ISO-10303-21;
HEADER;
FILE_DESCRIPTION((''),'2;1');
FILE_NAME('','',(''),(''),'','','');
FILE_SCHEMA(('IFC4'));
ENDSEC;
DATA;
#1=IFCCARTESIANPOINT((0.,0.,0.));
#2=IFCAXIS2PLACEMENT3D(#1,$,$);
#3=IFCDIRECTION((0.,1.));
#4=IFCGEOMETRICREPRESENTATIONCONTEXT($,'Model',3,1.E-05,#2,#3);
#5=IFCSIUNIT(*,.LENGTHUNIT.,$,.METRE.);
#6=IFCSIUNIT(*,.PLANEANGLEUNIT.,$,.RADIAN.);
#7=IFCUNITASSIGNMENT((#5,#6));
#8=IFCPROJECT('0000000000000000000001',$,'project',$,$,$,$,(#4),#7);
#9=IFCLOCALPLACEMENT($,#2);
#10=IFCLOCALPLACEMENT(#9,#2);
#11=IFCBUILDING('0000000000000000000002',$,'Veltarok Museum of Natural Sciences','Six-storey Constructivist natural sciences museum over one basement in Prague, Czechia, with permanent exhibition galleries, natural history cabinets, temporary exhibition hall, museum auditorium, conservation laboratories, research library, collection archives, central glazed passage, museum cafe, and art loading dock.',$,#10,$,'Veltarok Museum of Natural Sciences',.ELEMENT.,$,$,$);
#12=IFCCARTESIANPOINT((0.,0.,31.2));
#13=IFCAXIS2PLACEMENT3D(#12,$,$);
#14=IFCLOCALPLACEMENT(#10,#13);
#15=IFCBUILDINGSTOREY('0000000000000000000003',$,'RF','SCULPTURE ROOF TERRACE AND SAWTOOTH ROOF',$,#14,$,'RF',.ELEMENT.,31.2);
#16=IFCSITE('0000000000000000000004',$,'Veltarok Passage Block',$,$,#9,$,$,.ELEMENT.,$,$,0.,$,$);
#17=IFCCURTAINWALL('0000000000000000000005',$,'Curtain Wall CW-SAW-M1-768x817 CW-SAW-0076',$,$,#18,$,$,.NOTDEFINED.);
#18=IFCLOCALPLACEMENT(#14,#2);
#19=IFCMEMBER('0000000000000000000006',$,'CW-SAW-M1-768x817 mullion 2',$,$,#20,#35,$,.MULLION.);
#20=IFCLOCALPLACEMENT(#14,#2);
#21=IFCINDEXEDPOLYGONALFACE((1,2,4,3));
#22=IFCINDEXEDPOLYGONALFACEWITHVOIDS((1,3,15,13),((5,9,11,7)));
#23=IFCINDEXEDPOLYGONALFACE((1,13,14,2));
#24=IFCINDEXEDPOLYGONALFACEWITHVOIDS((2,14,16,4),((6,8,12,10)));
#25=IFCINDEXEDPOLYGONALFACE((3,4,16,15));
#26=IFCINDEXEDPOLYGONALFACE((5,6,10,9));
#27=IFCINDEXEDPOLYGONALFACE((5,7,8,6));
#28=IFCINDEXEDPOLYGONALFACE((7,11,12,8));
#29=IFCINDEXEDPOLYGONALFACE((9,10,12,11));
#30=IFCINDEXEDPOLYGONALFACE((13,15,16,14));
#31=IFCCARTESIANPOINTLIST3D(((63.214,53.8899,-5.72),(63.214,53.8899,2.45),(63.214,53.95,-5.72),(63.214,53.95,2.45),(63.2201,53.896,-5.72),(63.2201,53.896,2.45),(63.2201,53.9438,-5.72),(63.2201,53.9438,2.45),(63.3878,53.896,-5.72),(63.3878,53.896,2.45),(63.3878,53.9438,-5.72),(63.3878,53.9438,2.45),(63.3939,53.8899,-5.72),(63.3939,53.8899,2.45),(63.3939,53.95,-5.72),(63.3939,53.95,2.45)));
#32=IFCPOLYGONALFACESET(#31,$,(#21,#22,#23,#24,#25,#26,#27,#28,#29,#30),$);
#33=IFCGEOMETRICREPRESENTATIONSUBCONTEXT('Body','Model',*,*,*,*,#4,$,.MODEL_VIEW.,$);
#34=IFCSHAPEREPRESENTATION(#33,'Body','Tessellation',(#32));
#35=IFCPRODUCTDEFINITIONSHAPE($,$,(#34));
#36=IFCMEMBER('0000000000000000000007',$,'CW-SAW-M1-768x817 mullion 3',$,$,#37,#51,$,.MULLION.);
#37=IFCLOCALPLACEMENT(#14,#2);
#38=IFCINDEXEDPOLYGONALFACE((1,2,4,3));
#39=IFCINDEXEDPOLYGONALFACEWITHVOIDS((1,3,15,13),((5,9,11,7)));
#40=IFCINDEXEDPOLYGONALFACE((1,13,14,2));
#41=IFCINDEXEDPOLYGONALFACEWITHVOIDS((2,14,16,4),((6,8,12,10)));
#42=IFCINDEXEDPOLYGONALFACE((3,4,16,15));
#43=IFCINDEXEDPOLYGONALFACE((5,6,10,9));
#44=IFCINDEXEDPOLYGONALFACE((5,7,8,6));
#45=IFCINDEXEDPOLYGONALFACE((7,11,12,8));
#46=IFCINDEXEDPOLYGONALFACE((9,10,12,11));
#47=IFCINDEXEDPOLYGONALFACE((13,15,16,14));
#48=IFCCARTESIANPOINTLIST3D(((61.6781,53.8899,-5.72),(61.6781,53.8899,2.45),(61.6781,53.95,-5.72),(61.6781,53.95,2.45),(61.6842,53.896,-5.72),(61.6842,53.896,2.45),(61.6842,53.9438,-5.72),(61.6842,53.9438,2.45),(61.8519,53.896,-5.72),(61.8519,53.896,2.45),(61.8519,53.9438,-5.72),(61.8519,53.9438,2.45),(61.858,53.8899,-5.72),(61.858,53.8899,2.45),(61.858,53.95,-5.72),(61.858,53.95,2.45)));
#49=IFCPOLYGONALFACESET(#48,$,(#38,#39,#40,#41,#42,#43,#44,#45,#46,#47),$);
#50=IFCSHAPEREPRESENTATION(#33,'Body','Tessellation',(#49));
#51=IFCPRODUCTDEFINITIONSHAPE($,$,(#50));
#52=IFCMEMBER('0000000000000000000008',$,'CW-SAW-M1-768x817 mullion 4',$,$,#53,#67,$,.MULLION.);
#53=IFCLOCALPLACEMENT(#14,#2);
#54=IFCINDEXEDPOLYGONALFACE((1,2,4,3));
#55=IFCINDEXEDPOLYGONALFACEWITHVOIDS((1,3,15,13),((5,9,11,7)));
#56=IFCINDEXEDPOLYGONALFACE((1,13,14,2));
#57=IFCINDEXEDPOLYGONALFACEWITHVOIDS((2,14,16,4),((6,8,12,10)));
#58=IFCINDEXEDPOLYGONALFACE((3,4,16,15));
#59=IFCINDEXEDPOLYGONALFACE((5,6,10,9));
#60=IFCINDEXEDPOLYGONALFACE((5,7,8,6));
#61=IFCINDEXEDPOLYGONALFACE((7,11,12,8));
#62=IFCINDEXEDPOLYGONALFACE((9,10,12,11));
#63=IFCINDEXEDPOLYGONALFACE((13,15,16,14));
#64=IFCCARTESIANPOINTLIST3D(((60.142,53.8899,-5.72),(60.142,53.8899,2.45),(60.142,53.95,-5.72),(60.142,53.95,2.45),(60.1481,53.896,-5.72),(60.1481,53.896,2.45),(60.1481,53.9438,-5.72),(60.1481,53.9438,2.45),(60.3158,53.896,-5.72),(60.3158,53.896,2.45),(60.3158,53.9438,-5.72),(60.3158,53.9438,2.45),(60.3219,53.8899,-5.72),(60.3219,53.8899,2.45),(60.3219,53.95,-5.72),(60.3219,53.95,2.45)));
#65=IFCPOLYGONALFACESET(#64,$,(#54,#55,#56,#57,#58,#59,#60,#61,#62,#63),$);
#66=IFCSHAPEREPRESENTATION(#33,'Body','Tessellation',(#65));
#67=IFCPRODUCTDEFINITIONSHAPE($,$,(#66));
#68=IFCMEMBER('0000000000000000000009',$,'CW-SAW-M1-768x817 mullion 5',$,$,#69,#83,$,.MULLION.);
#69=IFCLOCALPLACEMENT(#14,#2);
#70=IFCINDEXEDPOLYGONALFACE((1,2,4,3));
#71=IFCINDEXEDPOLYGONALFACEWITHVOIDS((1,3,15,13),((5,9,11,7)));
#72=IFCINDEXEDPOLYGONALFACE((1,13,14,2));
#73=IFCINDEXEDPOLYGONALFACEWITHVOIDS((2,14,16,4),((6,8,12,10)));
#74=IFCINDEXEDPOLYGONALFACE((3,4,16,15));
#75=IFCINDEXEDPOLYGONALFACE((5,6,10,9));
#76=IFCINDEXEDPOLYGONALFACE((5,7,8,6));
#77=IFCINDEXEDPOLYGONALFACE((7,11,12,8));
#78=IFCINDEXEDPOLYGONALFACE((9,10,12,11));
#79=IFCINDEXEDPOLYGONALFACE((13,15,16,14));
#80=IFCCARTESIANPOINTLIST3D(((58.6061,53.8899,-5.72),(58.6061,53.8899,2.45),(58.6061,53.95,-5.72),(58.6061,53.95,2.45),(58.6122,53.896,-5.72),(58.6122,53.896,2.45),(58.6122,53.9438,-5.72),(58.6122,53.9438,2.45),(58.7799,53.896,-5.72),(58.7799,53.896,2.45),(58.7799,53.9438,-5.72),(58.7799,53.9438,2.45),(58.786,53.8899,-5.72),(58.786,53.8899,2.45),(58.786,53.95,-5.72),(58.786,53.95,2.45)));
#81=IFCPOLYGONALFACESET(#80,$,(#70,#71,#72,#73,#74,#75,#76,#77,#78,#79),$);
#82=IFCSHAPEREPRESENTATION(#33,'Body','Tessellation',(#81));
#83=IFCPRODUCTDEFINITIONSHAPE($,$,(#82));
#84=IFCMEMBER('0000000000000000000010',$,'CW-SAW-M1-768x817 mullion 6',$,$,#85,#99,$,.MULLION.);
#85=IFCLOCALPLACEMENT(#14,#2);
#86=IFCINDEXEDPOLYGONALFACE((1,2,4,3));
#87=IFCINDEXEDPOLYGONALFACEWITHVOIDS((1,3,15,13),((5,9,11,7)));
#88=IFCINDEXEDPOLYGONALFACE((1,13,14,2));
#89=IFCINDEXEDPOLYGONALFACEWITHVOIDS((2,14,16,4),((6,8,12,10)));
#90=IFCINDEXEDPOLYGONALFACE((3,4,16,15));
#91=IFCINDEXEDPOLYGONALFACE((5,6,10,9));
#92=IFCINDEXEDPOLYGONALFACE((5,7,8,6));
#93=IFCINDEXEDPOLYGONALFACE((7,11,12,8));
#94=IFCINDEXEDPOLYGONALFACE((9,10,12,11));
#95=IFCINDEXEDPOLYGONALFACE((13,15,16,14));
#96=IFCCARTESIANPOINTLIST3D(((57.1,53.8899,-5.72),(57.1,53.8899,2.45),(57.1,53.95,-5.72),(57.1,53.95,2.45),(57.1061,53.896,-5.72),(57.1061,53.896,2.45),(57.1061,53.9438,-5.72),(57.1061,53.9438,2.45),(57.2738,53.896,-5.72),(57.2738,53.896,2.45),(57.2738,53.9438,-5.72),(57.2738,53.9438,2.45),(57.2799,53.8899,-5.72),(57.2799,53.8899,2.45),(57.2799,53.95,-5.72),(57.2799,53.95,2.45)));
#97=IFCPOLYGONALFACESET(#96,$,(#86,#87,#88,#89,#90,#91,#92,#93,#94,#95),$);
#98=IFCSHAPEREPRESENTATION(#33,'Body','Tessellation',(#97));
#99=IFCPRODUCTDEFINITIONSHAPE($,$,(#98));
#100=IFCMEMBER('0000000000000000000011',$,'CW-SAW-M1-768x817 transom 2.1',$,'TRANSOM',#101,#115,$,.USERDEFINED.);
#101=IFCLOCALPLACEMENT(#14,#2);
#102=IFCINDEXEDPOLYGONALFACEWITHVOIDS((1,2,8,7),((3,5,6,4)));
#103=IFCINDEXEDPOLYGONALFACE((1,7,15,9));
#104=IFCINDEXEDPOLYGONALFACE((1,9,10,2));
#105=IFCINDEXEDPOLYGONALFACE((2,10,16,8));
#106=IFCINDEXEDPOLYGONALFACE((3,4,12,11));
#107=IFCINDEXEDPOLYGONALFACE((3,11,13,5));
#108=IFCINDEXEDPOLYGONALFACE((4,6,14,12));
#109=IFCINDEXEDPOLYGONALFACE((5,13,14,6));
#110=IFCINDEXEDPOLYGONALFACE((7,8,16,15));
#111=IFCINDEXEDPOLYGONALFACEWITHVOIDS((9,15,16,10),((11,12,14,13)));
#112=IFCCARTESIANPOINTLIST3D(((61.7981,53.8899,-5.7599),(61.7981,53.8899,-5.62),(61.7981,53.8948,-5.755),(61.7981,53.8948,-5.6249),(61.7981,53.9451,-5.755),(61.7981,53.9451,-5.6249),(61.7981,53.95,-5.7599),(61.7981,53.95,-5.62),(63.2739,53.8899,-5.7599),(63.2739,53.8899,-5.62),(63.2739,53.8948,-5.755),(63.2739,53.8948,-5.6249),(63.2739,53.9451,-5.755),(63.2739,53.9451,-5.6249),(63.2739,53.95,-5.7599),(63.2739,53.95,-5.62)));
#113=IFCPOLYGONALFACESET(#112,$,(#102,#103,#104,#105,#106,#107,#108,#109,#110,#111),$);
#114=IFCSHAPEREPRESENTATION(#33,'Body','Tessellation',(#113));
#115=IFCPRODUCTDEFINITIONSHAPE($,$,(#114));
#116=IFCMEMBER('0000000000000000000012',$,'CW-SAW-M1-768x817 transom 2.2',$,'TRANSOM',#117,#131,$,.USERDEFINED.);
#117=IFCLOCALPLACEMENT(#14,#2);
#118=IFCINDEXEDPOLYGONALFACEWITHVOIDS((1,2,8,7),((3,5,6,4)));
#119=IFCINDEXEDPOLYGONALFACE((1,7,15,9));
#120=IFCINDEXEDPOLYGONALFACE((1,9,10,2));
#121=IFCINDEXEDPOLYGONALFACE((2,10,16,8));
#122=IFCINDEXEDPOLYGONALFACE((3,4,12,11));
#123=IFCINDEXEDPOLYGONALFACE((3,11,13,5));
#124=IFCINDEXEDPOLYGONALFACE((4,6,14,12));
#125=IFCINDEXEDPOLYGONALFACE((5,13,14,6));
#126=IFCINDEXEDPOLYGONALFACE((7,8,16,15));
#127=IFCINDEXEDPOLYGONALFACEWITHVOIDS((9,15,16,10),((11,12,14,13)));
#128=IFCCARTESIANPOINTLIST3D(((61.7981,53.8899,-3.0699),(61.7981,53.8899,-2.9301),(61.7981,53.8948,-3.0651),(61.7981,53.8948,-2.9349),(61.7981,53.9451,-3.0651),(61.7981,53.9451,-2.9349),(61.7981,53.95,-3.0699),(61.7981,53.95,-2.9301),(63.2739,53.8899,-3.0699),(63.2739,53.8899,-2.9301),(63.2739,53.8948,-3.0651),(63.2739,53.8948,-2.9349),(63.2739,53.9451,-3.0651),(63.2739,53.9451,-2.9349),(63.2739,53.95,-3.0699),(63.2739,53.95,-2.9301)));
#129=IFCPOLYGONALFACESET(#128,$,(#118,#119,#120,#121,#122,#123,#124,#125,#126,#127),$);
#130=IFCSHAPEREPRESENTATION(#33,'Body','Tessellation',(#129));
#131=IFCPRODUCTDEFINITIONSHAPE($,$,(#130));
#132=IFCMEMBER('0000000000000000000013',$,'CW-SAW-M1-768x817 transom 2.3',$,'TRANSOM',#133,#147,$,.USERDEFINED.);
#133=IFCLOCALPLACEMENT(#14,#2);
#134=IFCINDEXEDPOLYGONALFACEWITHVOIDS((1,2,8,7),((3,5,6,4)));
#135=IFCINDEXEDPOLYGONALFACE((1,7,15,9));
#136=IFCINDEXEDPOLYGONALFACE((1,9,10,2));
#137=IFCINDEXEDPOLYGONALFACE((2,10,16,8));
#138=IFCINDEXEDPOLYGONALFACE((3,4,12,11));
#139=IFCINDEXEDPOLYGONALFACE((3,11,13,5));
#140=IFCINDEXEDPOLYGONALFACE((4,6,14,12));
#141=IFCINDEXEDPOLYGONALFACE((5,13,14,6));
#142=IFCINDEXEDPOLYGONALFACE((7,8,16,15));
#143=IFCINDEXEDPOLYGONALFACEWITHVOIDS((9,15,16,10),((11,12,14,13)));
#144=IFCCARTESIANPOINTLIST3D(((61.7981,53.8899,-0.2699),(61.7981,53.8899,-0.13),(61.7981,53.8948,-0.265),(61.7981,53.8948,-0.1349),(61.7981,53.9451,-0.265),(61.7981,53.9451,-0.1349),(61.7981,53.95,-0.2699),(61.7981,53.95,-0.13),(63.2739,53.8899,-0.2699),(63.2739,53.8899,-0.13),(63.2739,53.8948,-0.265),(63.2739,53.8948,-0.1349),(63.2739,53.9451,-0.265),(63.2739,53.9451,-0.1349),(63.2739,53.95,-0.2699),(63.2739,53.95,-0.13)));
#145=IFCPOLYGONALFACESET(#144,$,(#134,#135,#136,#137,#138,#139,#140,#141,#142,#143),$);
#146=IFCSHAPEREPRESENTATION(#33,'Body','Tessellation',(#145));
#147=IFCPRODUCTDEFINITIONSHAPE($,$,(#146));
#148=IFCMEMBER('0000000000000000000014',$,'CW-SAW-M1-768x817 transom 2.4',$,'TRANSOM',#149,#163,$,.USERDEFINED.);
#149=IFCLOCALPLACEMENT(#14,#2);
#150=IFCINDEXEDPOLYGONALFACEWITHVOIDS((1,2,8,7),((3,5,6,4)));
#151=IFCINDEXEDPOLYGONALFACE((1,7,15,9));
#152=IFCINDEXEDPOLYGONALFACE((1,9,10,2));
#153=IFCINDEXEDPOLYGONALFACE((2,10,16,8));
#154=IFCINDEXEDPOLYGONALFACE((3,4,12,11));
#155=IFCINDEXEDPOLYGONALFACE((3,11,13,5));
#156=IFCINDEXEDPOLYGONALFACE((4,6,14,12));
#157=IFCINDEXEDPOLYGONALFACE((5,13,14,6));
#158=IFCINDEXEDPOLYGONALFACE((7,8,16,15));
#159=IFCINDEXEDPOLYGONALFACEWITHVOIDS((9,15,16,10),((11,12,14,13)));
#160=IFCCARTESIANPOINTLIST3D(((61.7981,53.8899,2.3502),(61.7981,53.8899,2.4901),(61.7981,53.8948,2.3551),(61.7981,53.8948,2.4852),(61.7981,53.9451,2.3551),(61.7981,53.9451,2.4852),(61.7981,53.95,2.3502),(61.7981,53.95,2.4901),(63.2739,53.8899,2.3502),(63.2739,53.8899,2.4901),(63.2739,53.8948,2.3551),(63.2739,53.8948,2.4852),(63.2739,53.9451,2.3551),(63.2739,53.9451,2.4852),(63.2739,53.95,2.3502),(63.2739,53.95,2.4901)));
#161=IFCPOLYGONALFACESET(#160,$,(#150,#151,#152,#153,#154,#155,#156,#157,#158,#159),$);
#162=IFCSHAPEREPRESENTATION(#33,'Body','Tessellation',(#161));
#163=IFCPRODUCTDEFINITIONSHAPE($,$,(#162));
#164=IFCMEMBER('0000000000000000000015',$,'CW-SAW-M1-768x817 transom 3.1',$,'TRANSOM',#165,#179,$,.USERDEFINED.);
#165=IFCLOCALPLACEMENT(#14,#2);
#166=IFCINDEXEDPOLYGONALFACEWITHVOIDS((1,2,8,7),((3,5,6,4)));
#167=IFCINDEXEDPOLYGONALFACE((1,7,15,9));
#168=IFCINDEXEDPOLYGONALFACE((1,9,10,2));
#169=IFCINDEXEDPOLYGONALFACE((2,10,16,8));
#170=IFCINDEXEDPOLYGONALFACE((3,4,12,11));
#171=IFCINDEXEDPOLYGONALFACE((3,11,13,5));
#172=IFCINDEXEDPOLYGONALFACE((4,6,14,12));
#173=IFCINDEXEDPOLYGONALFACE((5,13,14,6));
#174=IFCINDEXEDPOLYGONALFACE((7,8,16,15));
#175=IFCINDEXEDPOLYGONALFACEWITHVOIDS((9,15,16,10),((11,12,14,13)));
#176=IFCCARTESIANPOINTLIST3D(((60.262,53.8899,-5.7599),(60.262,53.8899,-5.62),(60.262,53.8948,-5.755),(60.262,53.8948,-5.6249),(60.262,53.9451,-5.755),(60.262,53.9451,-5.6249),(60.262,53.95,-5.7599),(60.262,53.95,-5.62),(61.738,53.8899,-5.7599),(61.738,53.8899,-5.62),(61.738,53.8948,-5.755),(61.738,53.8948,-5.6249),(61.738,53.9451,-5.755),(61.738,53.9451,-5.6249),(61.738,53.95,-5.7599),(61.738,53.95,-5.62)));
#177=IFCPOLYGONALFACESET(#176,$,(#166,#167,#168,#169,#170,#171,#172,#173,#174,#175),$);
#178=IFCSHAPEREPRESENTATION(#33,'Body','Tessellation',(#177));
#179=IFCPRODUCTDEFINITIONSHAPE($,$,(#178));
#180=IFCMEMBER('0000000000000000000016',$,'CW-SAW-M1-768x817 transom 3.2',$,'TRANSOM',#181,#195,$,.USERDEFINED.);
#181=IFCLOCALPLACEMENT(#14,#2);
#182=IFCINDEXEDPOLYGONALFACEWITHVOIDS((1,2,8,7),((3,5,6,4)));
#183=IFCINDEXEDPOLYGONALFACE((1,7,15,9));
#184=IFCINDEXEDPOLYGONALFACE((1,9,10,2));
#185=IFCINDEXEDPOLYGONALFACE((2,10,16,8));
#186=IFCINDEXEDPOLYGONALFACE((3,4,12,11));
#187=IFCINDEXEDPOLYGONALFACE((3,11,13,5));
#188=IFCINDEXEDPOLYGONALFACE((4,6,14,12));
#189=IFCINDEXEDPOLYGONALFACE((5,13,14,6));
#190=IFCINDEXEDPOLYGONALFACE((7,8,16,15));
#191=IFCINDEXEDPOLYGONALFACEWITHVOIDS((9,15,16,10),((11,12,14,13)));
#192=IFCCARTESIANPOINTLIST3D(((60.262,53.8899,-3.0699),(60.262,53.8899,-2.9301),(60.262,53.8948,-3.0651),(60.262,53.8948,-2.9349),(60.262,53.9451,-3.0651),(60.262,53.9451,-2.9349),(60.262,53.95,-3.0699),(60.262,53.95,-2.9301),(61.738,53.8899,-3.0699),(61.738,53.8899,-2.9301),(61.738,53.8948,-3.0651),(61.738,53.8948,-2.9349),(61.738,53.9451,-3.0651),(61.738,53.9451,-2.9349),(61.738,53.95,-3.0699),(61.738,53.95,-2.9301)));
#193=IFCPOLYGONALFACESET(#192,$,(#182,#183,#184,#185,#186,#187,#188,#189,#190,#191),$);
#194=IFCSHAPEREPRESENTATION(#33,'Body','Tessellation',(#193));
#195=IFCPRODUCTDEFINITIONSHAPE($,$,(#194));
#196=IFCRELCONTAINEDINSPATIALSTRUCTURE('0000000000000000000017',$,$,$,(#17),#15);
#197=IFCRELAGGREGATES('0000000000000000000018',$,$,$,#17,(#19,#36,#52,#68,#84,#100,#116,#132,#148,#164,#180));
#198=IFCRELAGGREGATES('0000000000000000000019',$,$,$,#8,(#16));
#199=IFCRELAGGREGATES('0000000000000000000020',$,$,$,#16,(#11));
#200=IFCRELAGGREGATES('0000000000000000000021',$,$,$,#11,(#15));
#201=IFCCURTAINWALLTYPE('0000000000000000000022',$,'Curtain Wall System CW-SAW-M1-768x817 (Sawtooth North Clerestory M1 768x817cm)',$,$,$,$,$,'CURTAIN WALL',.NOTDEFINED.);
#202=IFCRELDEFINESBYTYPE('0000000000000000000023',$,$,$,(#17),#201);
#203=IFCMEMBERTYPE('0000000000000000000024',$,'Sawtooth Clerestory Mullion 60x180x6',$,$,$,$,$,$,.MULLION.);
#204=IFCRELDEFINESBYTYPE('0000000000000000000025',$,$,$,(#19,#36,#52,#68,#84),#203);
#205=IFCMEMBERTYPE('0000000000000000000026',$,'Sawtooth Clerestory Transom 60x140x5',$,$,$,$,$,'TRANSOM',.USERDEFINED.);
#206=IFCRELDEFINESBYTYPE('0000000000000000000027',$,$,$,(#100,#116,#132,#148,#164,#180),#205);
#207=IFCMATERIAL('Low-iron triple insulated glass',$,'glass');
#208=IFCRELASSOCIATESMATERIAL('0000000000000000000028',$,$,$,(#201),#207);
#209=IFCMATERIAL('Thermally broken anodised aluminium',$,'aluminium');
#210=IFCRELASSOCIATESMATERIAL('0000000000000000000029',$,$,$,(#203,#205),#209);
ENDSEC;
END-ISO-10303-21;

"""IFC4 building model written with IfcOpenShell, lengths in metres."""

from ifc_helpers import new_model, si_unit, direction, frame, origin, origin_2d, place, context, subcontext, project, spatial, hollow_rectangle, extrude, material, material_profile, profile_set, type_object, element, aggregate, save


model = new_model("IFC4")

# Units and contexts
model_context = context("Model", 3, precision=1e-05, world=origin(), true_north=direction((0.0, 1.0)))
body_context = subcontext(model_context, "Body", "Model", "MODEL_VIEW")
ifc_project = project(units=[si_unit("LENGTHUNIT", "METRE"), si_unit("PLANEANGLEUNIT", "RADIAN")], contexts=[model_context])

# Site, building, storey
site_placement = place(None, origin())
site = spatial("IfcSite", under=ifc_project, at=site_placement, Name="Veltarok Passage Block", CompositionType="ELEMENT", RefElevation=0.0)
building_placement = place(site_placement, origin())
building = spatial("IfcBuilding", under=site, at=building_placement, Name="Veltarok Museum of Natural Sciences", Description="Six-storey Constructivist natural sciences museum over one basement in Prague, Czechia, with permanent exhibition galleries, natural history cabinets, temporary exhibition hall, museum auditorium, conservation laboratories, research library, collection archives, central glazed passage, museum cafe, and art loading dock.", LongName="Veltarok Museum of Natural Sciences", CompositionType="ELEMENT")
storey_placement = place(building_placement, frame((0.0, 0.0, 31.2)))
storey = spatial("IfcBuildingStorey", under=building, at=storey_placement, Name="RF", Description="SCULPTURE ROOF TERRACE AND SAWTOOTH ROOF", LongName="RF", CompositionType="ELEMENT", Elevation=31.2)

# Curtain wall, members
ifc_material_1 = material(Name="Low-iron triple insulated glass", Category="glass")
curtain_wall_type = type_object("IfcCurtainWallType", Name="Curtain Wall System CW-SAW-M1-768x817 (Sawtooth North Clerestory M1 768x817cm)", ElementType="CURTAIN WALL", PredefinedType="NOTDEFINED", material=ifc_material_1)
curtain_wall_placement = place(storey_placement, origin())
curtain_wall = element("IfcCurtainWall", 1, at=curtain_wall_placement, inside=storey, type_object=curtain_wall_type, Name="Curtain Wall CW-SAW-M1-768x817 CW-SAW-0076", PredefinedType="NOTDEFINED")
ifc_material_2 = material(Name="Thermally broken anodised aluminium", Category="aluminium")
ifc_material_profile_1 = material_profile(ifc_material_2, hollow_rectangle(XDim=0.0601, YDim=0.1799, WallThickness=0.0061, at=origin_2d()), Name="CW MULLION 60x180x6")
ifc_profile_set_1 = profile_set([ifc_material_profile_1], Name="Thermally broken anodised aluminium")
member_type_1 = type_object("IfcMemberType", Name="Sawtooth Clerestory Mullion 60x180x6", PredefinedType="MULLION", material=ifc_profile_set_1)
member_1_placement = place(storey_placement, frame((63.304, 53.9199, -5.72), z_axis=(0.0, 0.0, 1.0), x_axis=(0.0, -1.0, 0.0)))
member_1 = element("IfcMember", 2, at=member_1_placement, type_object=member_type_1, Name="CW-SAW-M1-768x817 mullion 2", PredefinedType="MULLION", context=body_context, shape_type="SweptSolid", body=[
    extrude(hollow_rectangle(XDim=0.0601, YDim=0.1799, WallThickness=0.0061, at=origin_2d()), origin(), (0.0, 0.0, 1.0), 8.1699),
])
member_2_placement = place(storey_placement, frame((61.7681, 53.9199, -5.72), z_axis=(0.0, 0.0, 1.0), x_axis=(0.0, -1.0, 0.0)))
member_2 = element("IfcMember", 3, at=member_2_placement, type_object=member_type_1, Name="CW-SAW-M1-768x817 mullion 3", PredefinedType="MULLION", context=body_context, shape_type="SweptSolid", body=[
    extrude(hollow_rectangle(XDim=0.0601, YDim=0.1799, WallThickness=0.0061, at=origin_2d()), origin(), (0.0, 0.0, 1.0), 8.1699),
])
member_3_placement = place(storey_placement, frame((60.2319, 53.9199, -5.72), z_axis=(0.0, 0.0, 1.0), x_axis=(0.0, -1.0, 0.0)))
member_3 = element("IfcMember", 4, at=member_3_placement, type_object=member_type_1, Name="CW-SAW-M1-768x817 mullion 4", PredefinedType="MULLION", context=body_context, shape_type="SweptSolid", body=[
    extrude(hollow_rectangle(XDim=0.0601, YDim=0.1799, WallThickness=0.0061, at=origin_2d()), origin(), (0.0, 0.0, 1.0), 8.1699),
])
member_4_placement = place(storey_placement, frame((58.696, 53.9199, -5.72), z_axis=(0.0, 0.0, 1.0), x_axis=(0.0, -1.0, 0.0)))
member_4 = element("IfcMember", 5, at=member_4_placement, type_object=member_type_1, Name="CW-SAW-M1-768x817 mullion 5", PredefinedType="MULLION", context=body_context, shape_type="SweptSolid", body=[
    extrude(hollow_rectangle(XDim=0.0601, YDim=0.1799, WallThickness=0.0061, at=origin_2d()), origin(), (0.0, 0.0, 1.0), 8.1699),
])
member_5_placement = place(storey_placement, frame((57.1899, 53.9199, -5.72), z_axis=(0.0, 0.0, 1.0), x_axis=(0.0, -1.0, 0.0)))
member_5 = element("IfcMember", 6, at=member_5_placement, type_object=member_type_1, Name="CW-SAW-M1-768x817 mullion 6", PredefinedType="MULLION", context=body_context, shape_type="SweptSolid", body=[
    extrude(hollow_rectangle(XDim=0.0601, YDim=0.1799, WallThickness=0.0061, at=origin_2d()), origin(), (0.0, 0.0, 1.0), 8.1699),
])
ifc_material_profile_2 = material_profile(ifc_material_2, hollow_rectangle(XDim=0.0601, YDim=0.1399, WallThickness=0.0049, at=origin_2d()), Name="CW TRANSOM 60x140x5")
ifc_profile_set_2 = profile_set([ifc_material_profile_2], Name="Thermally broken anodised aluminium")
member_type_2 = type_object("IfcMemberType", Name="Sawtooth Clerestory Transom 60x140x5", ElementType="TRANSOM", PredefinedType="USERDEFINED", material=ifc_profile_set_2)
member_6_placement = place(storey_placement, frame((63.2739, 53.9199, -5.6899), z_axis=(-1.0, 0.0, 0.0), x_axis=(0.0, -1.0, 0.0)))
member_6 = element("IfcMember", 7, at=member_6_placement, type_object=member_type_2, Name="CW-SAW-M1-768x817 transom 2.1", ObjectType="TRANSOM", PredefinedType="USERDEFINED", context=body_context, shape_type="SweptSolid", body=[
    extrude(hollow_rectangle(XDim=0.0601, YDim=0.1399, WallThickness=0.0049, at=origin_2d()), origin(), (0.0, 0.0, 1.0), 1.4758),
])
member_7_placement = place(storey_placement, frame((63.2739, 53.9199, -3.0), z_axis=(-1.0, 0.0, 0.0), x_axis=(0.0, -1.0, 0.0)))
member_7 = element("IfcMember", 8, at=member_7_placement, type_object=member_type_2, Name="CW-SAW-M1-768x817 transom 2.2", ObjectType="TRANSOM", PredefinedType="USERDEFINED", context=body_context, shape_type="SweptSolid", body=[
    extrude(hollow_rectangle(XDim=0.0601, YDim=0.1399, WallThickness=0.0049, at=origin_2d()), origin(), (0.0, 0.0, 1.0), 1.4758),
])
member_8_placement = place(storey_placement, frame((63.2739, 53.9199, -0.2), z_axis=(-1.0, 0.0, 0.0), x_axis=(0.0, -1.0, 0.0)))
member_8 = element("IfcMember", 9, at=member_8_placement, type_object=member_type_2, Name="CW-SAW-M1-768x817 transom 2.3", ObjectType="TRANSOM", PredefinedType="USERDEFINED", context=body_context, shape_type="SweptSolid", body=[
    extrude(hollow_rectangle(XDim=0.0601, YDim=0.1399, WallThickness=0.0049, at=origin_2d()), origin(), (0.0, 0.0, 1.0), 1.4758),
])
member_9_placement = place(storey_placement, frame((63.2739, 53.9199, 2.4202), z_axis=(-1.0, 0.0, 0.0), x_axis=(0.0, -1.0, 0.0)))
member_9 = element("IfcMember", 10, at=member_9_placement, type_object=member_type_2, Name="CW-SAW-M1-768x817 transom 2.4", ObjectType="TRANSOM", PredefinedType="USERDEFINED", context=body_context, shape_type="SweptSolid", body=[
    extrude(hollow_rectangle(XDim=0.0601, YDim=0.1399, WallThickness=0.0049, at=origin_2d()), origin(), (0.0, 0.0, 1.0), 1.4758),
])
member_10_placement = place(storey_placement, frame((61.738, 53.9199, -5.6899), z_axis=(-1.0, 0.0, 0.0), x_axis=(0.0, -1.0, 0.0)))
member_10 = element("IfcMember", 11, at=member_10_placement, type_object=member_type_2, Name="CW-SAW-M1-768x817 transom 3.1", ObjectType="TRANSOM", PredefinedType="USERDEFINED", context=body_context, shape_type="SweptSolid", body=[
    extrude(hollow_rectangle(XDim=0.0601, YDim=0.1399, WallThickness=0.0049, at=origin_2d()), origin(), (0.0, 0.0, 1.0), 1.4761),
])
member_11_placement = place(storey_placement, frame((61.738, 53.9199, -3.0), z_axis=(-1.0, 0.0, 0.0), x_axis=(0.0, -1.0, 0.0)))
member_11 = element("IfcMember", 12, at=member_11_placement, type_object=member_type_2, Name="CW-SAW-M1-768x817 transom 3.2", ObjectType="TRANSOM", PredefinedType="USERDEFINED", context=body_context, shape_type="SweptSolid", body=[
    extrude(hollow_rectangle(XDim=0.0601, YDim=0.1399, WallThickness=0.0049, at=origin_2d()), origin(), (0.0, 0.0, 1.0), 1.4761),
])
aggregate(curtain_wall, [member_1, member_2, member_3, member_4, member_5, member_6, member_7, member_8, member_9, member_10, member_11])

save(model, "model.ifc")
